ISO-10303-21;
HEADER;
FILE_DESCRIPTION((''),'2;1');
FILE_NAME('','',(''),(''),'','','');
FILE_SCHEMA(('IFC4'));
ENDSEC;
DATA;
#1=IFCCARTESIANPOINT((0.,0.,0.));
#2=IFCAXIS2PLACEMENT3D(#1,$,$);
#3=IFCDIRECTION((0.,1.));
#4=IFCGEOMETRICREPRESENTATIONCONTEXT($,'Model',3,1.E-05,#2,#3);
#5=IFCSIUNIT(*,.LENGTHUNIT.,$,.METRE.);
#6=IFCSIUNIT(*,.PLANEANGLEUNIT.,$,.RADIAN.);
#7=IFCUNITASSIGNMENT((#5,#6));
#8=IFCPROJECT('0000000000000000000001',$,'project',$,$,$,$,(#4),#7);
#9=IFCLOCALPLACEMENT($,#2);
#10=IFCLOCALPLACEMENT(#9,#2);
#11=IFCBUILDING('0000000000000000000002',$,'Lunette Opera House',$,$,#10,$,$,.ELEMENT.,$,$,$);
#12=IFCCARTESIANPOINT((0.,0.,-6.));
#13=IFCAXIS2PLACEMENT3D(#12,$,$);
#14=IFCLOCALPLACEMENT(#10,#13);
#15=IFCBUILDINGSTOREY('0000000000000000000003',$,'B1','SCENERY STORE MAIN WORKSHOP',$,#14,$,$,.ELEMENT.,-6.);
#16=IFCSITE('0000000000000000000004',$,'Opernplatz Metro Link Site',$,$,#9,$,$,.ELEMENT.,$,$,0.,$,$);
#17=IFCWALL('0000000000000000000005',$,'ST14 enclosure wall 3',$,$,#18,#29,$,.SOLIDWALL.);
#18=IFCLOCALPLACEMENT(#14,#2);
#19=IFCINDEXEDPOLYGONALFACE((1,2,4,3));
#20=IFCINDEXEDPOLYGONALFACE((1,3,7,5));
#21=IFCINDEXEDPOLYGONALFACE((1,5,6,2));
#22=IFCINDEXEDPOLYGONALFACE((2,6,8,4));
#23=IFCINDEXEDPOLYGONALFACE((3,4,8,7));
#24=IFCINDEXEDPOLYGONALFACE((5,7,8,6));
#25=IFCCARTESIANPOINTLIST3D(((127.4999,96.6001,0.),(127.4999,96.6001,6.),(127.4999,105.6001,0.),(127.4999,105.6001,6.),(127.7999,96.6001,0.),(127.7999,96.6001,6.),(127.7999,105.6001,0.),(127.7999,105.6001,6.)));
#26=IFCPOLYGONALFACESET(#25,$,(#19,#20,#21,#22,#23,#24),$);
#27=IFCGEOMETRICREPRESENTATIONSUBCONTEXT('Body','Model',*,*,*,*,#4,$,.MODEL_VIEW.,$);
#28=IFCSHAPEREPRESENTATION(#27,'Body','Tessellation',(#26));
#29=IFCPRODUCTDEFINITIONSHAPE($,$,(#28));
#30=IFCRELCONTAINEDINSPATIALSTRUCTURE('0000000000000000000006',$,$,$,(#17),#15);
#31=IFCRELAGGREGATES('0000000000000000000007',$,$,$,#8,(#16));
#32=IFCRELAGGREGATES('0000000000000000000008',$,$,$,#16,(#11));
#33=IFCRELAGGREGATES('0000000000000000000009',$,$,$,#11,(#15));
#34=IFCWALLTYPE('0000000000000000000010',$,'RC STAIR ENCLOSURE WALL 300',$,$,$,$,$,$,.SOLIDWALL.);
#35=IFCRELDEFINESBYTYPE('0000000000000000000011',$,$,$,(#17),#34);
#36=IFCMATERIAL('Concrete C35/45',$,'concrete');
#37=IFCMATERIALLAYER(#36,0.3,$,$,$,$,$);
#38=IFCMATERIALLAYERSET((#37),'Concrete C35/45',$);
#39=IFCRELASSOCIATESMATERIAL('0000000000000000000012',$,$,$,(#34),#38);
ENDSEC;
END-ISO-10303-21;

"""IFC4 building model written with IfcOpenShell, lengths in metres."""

from ifc_helpers import new_model, si_unit, direction, frame, frame_2d, origin, place, context, subcontext, project, spatial, rectangle, extrude, material, layer, layer_set, type_object, element, save


model = new_model("IFC4")

# Units and contexts
model_context = context("Model", 3, precision=1e-05, world=origin(), true_north=direction((0.0, 1.0)))
body_context = subcontext(model_context, "Body", "Model", "MODEL_VIEW")
ifc_project = project(units=[si_unit("LENGTHUNIT", "METRE"), si_unit("PLANEANGLEUNIT", "RADIAN")], contexts=[model_context])

# Site, building, storey
site_placement = place(None, origin())
site = spatial("IfcSite", under=ifc_project, at=site_placement, Name="Opernplatz Metro Link Site", CompositionType="ELEMENT", RefElevation=0.0)
building_placement = place(site_placement, origin())
building = spatial("IfcBuilding", under=site, at=building_placement, Name="Lunette Opera House", CompositionType="ELEMENT")
storey_placement = place(building_placement, frame((0.0, 0.0, -6.0)))
storey = spatial("IfcBuildingStorey", under=building, at=storey_placement, Name="B1", Description="SCENERY STORE MAIN WORKSHOP", CompositionType="ELEMENT", Elevation=-6.0)

# Wall
ifc_material_1 = material(Name="Concrete C35/45", Category="concrete")
ifc_layer = layer(ifc_material_1, 0.3)
ifc_layer_set = layer_set([ifc_layer], Name="Concrete C35/45")
wall_type = type_object("IfcWallType", Name="RC STAIR ENCLOSURE WALL 300", PredefinedType="SOLIDWALL", material=ifc_layer_set)
wall_placement = place(storey_placement, frame((127.6499, 105.6001, 0.0), z_axis=(0.0, 0.0, 1.0), x_axis=(0.0, -1.0, 0.0)))
element("IfcWall", 1, at=wall_placement, inside=storey, type_object=wall_type, Name="ST14 enclosure wall 3", PredefinedType="SOLIDWALL", context=body_context, shape_type="SweptSolid", body=[
    extrude(rectangle(XDim=9.0, YDim=0.3, at=frame_2d((4.5, 0.0))), origin(), (0.0, 0.0, 1.0), 6.0),
])

save(model, "model.ifc")
